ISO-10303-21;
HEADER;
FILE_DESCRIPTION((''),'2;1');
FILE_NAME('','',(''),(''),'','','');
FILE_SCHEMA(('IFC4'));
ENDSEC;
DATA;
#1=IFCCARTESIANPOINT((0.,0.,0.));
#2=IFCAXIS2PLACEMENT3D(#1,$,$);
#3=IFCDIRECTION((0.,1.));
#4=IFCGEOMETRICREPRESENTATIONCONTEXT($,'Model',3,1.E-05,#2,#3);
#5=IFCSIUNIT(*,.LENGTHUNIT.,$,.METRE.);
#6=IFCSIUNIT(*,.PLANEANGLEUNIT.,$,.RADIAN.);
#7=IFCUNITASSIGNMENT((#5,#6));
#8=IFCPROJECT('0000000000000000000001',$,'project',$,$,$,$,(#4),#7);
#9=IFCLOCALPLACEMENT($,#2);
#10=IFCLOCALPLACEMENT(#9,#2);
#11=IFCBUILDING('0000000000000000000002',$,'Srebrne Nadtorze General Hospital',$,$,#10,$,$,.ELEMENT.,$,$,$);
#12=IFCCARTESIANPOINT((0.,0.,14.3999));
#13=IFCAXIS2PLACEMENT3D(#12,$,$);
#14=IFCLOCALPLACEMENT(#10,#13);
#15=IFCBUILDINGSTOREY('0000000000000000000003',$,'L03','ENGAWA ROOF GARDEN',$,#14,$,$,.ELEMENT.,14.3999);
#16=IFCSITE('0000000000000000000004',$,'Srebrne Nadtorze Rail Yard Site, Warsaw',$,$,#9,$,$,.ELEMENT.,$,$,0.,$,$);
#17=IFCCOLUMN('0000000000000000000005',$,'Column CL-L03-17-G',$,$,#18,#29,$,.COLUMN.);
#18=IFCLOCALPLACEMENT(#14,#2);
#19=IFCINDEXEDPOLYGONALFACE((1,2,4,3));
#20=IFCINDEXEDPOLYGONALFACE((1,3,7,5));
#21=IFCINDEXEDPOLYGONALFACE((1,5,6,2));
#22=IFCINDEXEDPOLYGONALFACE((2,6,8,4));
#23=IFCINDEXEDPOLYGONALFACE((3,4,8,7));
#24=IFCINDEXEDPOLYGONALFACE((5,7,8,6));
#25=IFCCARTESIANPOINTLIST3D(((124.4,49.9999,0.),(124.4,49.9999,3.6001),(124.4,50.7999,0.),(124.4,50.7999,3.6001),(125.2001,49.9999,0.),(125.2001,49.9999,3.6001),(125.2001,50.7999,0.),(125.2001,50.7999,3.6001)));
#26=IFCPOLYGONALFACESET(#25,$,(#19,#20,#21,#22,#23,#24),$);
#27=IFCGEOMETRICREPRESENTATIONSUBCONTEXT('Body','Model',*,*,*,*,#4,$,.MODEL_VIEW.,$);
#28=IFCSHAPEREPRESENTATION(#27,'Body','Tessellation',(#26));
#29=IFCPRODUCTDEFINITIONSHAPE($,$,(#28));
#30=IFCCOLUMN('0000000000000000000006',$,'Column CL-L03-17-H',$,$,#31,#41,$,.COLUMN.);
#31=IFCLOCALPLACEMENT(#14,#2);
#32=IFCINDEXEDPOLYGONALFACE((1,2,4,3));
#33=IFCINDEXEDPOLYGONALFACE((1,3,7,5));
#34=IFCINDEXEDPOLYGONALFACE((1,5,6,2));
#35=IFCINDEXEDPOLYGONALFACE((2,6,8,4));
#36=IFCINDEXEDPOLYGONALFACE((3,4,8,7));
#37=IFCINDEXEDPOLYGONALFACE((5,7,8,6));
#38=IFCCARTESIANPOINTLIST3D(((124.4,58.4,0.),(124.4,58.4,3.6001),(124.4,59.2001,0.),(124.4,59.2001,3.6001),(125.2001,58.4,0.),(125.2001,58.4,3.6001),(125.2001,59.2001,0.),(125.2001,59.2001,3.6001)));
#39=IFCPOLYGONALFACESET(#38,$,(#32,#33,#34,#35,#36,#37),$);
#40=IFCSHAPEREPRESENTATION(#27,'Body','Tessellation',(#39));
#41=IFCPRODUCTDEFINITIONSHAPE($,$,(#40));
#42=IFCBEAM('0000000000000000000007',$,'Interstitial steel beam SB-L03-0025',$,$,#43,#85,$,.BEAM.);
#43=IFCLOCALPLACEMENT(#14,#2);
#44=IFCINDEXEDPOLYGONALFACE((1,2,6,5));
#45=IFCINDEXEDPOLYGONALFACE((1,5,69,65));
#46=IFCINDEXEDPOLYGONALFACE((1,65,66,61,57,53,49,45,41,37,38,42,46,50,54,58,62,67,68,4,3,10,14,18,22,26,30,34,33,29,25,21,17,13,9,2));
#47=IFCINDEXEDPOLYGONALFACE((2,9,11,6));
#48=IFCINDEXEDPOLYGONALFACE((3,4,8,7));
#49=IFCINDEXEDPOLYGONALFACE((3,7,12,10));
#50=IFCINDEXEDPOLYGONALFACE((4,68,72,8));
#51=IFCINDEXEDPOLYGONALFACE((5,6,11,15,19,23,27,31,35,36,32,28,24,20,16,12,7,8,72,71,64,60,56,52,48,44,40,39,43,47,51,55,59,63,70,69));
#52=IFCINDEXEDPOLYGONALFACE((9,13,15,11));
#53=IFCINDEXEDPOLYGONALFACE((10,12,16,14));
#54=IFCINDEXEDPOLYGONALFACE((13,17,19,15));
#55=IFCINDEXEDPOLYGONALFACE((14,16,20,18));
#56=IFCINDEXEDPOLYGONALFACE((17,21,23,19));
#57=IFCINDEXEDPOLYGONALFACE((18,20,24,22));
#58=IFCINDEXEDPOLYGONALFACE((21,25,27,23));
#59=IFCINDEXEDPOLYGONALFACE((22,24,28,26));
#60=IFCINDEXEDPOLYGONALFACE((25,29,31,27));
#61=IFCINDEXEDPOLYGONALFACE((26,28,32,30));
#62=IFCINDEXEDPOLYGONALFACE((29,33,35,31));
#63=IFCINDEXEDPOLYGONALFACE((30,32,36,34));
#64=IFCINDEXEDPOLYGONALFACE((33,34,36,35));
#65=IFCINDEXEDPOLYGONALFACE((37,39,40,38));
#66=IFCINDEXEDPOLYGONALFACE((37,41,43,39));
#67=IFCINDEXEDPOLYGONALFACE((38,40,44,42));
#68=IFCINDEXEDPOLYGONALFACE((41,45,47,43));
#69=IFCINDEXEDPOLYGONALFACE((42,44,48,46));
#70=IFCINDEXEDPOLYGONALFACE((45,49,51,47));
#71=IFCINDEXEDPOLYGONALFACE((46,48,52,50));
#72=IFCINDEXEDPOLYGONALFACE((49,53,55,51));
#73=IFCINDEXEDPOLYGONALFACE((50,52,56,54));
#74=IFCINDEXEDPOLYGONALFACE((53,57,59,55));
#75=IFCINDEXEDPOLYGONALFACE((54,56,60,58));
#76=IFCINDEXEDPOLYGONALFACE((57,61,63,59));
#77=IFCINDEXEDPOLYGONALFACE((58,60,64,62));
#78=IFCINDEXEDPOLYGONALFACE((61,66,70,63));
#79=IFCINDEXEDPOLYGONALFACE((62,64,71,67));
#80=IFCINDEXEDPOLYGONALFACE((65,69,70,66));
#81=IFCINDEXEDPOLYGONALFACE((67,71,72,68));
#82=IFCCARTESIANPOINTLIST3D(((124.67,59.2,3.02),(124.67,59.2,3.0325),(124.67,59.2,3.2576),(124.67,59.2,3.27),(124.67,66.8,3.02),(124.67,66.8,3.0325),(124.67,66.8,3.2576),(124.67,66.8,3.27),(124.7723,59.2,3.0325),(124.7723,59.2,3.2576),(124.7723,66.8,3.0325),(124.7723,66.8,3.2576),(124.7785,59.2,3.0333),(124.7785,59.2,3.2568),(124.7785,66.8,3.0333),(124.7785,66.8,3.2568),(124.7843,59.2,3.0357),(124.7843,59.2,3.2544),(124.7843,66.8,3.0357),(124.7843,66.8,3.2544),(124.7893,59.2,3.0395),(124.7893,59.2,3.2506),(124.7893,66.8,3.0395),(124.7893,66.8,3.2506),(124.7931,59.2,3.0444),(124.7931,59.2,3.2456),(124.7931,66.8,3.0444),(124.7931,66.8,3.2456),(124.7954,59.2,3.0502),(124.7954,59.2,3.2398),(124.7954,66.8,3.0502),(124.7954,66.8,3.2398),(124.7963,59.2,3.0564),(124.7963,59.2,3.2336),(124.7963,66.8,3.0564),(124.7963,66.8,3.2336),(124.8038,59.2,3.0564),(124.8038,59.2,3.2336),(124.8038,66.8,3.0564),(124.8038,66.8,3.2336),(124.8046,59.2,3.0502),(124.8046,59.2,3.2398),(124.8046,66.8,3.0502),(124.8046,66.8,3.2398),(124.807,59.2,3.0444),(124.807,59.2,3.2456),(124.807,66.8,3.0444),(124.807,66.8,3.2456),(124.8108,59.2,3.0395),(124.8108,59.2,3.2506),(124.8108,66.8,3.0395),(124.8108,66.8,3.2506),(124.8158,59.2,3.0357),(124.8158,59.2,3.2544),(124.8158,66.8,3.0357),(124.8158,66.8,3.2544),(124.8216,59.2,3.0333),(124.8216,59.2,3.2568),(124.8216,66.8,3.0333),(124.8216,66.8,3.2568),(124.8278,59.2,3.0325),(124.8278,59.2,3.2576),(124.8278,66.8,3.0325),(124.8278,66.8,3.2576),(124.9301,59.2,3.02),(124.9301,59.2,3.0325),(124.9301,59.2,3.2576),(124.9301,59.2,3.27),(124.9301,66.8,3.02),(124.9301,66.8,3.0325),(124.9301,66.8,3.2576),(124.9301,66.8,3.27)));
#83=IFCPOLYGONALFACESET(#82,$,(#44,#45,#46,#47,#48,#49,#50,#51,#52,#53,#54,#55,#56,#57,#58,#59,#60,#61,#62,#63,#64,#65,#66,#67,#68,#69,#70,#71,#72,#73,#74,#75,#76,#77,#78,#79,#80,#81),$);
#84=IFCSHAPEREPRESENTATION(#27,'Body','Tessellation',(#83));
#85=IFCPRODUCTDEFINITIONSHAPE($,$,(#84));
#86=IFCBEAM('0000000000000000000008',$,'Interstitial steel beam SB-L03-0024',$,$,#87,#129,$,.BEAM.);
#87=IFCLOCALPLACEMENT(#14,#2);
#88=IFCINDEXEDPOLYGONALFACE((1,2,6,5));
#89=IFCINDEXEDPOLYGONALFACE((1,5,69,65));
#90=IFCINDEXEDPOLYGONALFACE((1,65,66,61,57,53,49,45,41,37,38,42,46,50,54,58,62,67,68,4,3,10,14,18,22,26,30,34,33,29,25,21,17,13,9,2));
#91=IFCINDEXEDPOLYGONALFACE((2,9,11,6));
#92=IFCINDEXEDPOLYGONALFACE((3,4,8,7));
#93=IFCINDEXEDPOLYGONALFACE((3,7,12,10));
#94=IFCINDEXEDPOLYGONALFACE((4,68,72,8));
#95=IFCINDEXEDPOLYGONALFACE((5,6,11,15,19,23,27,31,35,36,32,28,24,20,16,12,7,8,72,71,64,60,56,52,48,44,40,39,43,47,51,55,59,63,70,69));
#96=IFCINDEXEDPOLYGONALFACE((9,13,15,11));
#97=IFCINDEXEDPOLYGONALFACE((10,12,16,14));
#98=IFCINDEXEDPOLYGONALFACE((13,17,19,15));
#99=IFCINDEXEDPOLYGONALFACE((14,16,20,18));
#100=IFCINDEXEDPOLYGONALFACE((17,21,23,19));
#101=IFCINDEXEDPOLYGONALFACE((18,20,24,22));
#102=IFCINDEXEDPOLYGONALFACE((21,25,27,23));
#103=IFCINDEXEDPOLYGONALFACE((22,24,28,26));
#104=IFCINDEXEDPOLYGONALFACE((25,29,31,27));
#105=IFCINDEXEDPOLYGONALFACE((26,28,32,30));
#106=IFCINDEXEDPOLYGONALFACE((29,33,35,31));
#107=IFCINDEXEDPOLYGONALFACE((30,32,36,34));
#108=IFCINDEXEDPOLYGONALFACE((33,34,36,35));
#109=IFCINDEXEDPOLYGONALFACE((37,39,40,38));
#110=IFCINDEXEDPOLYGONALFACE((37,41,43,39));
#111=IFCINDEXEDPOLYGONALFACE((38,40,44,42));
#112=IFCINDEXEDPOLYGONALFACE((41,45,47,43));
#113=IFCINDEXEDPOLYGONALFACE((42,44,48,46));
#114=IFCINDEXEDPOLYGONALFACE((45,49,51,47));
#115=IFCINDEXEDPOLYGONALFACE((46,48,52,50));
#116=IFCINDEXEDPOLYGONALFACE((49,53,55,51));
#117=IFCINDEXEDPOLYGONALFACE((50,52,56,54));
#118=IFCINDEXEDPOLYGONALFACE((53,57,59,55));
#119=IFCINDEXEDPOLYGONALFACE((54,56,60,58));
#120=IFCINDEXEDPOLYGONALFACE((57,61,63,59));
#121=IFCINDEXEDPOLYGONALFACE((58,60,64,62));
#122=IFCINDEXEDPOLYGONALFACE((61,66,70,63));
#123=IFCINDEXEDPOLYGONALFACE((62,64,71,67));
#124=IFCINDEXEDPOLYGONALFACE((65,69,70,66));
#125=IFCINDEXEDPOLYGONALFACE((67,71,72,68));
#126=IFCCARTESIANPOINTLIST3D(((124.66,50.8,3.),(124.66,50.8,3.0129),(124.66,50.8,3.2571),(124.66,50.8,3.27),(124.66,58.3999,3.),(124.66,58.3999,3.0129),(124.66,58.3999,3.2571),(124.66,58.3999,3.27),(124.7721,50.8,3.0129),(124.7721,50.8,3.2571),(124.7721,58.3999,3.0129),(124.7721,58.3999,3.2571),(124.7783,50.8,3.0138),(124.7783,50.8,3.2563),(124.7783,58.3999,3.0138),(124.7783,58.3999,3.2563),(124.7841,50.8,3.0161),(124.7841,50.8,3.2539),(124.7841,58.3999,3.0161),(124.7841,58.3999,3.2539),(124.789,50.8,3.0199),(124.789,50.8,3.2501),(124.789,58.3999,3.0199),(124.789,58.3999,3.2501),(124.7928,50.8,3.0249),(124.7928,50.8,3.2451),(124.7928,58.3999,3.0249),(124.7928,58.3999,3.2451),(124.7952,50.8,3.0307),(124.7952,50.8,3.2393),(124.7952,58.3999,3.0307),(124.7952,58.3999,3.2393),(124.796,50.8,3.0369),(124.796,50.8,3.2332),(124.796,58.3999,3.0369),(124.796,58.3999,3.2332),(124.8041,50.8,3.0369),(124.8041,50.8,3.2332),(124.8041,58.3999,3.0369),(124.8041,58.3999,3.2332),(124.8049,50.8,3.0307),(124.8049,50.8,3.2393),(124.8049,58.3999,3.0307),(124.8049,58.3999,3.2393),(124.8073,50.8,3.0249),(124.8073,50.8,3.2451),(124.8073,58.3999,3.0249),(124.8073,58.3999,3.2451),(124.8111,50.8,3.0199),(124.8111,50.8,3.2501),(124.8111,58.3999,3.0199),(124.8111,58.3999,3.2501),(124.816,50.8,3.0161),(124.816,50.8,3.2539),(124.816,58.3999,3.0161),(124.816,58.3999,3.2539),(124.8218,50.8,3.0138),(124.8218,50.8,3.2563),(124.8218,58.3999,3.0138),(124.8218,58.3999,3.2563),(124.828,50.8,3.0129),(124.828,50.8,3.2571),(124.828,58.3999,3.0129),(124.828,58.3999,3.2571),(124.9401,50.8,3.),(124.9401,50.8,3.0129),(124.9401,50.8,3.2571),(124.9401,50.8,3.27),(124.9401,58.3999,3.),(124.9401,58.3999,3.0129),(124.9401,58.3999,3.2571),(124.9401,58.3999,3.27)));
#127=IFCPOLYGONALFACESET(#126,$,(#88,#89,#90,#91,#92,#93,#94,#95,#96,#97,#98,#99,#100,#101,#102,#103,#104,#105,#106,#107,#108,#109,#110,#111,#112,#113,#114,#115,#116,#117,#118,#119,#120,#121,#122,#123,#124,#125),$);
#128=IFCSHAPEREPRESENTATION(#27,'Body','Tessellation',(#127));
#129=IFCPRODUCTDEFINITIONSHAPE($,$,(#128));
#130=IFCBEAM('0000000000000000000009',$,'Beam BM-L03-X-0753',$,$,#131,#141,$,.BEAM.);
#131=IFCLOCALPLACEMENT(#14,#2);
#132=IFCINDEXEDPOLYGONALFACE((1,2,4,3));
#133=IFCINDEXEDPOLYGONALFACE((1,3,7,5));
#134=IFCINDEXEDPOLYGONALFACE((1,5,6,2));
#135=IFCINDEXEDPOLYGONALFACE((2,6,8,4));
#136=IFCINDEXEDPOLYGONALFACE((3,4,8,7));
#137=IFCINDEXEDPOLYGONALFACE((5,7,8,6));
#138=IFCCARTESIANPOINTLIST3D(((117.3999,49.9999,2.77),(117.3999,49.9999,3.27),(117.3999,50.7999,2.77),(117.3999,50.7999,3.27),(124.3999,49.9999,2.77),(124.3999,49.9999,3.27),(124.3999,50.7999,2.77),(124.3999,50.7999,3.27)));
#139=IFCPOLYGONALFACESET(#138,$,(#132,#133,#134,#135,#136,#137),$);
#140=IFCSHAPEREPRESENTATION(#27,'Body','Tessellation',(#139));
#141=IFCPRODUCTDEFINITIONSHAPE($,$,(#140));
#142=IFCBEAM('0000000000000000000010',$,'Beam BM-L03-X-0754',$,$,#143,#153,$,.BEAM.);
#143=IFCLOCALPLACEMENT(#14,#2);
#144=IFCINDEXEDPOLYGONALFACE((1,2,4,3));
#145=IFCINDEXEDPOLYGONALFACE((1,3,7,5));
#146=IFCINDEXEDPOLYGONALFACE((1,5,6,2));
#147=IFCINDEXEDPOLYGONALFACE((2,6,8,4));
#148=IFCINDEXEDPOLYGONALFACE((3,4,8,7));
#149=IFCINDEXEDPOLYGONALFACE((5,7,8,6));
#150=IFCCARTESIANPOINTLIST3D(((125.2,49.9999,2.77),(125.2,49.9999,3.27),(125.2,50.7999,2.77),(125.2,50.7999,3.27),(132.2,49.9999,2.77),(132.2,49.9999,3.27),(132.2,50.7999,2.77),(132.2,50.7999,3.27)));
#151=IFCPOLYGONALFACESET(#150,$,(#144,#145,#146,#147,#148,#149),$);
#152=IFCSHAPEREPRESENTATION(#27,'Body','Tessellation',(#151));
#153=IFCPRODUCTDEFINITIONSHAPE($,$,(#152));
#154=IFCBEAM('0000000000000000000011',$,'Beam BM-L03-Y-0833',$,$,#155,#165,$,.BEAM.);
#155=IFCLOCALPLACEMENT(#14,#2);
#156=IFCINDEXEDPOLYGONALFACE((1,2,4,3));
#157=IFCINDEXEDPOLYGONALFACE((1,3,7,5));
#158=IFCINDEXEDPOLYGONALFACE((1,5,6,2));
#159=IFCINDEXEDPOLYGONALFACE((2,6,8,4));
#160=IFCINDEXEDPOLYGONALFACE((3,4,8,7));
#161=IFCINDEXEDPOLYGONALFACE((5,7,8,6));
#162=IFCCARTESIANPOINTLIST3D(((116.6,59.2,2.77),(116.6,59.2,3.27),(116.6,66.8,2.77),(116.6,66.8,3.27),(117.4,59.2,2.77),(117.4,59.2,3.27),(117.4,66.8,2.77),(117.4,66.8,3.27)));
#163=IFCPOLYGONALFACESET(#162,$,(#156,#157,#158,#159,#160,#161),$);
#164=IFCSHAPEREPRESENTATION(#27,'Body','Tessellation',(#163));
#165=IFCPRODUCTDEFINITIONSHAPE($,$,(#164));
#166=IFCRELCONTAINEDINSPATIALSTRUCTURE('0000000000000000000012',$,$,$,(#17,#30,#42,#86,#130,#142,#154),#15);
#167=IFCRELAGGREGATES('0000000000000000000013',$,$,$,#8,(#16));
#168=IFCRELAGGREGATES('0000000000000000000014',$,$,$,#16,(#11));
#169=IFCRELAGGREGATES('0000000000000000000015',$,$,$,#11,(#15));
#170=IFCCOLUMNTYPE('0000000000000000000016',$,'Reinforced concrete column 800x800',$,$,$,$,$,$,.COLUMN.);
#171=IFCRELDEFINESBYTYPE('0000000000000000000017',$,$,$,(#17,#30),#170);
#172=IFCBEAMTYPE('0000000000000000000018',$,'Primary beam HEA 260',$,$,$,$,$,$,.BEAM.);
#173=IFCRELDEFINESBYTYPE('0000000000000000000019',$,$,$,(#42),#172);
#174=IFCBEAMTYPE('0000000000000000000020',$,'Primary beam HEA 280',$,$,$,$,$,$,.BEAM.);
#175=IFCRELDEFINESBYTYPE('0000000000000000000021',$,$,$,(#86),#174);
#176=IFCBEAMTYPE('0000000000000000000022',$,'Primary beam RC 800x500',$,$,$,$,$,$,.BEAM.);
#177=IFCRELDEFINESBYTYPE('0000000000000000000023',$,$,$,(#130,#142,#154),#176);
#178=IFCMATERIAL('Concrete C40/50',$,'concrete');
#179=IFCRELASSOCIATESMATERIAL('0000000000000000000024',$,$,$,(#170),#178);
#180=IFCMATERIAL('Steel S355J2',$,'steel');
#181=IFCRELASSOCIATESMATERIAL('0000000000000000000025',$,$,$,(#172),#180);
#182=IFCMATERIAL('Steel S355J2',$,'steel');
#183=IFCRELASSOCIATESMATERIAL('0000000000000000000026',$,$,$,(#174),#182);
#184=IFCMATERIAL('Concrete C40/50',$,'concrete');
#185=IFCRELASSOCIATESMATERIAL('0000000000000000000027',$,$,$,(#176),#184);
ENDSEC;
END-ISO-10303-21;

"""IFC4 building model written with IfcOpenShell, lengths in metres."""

from ifc_helpers import new_model, si_unit, direction, frame, origin, origin_2d, place, context, subcontext, project, spatial, rectangle, i_section, extrude, material, material_profile, profile_set, type_object, element, save


model = new_model("IFC4")

# Units and contexts
model_context = context("Model", 3, precision=1e-05, world=origin(), true_north=direction((0.0, 1.0)))
body_context = subcontext(model_context, "Body", "Model", "MODEL_VIEW")
ifc_project = project(units=[si_unit("LENGTHUNIT", "METRE"), si_unit("PLANEANGLEUNIT", "RADIAN")], contexts=[model_context])

# Site, building, storey
site_placement = place(None, origin())
site = spatial("IfcSite", under=ifc_project, at=site_placement, Name="Srebrne Nadtorze Rail Yard Site, Warsaw", CompositionType="ELEMENT", RefElevation=0.0)
building_placement = place(site_placement, origin())
building = spatial("IfcBuilding", under=site, at=building_placement, Name="Srebrne Nadtorze General Hospital", CompositionType="ELEMENT")
storey_placement = place(building_placement, frame((0.0, 0.0, 14.3999)))
storey = spatial("IfcBuildingStorey", under=building, at=storey_placement, Name="L03", Description="ENGAWA ROOF GARDEN", CompositionType="ELEMENT", Elevation=14.3999)

# Columns
ifc_material_1 = material(Name="Concrete C40/50", Category="concrete")
ifc_material_profile_1 = material_profile(ifc_material_1, rectangle(XDim=0.8, YDim=0.8, at=origin_2d()), Name="RC-COL-800x800")
ifc_profile_set_1 = profile_set([ifc_material_profile_1], Name="Concrete C40/50")
column_type = type_object("IfcColumnType", Name="Reinforced concrete column 800x800", PredefinedType="COLUMN", material=ifc_profile_set_1)
for number, where, z_axis, x_axis, name in (
    (1, (124.8, 50.3999, 0.0), (0.0, 0.0, 1.0), (1.0, 0.0, 0.0), "Column CL-L03-17-G"),
    (2, (124.8, 58.8, 0.0), (0.0, 0.0, 1.0), (1.0, 0.0, 0.0), "Column CL-L03-17-H"),
):
    element("IfcColumn", number, at=place(storey_placement, frame(where, z_axis=z_axis, x_axis=x_axis)), inside=storey, type_object=column_type, Name=name, PredefinedType="COLUMN", context=body_context, shape_type="SweptSolid", body=[
        extrude(rectangle(XDim=0.8, YDim=0.8, at=origin_2d()), origin(), (0.0, 0.0, 1.0), 3.6001),
    ])

# Beams
ifc_material_2 = material(Name="Steel S355J2", Category="steel")
ifc_material_profile_2 = material_profile(ifc_material_2, i_section(OverallWidth=0.26, OverallDepth=0.25, WebThickness=0.0076, FlangeThickness=0.0125, FilletRadius=0.0239, at=origin_2d()), Name="HEA-260")
ifc_profile_set_2 = profile_set([ifc_material_profile_2], Name="Steel S355J2")
beam_type_1 = type_object("IfcBeamType", Name="Primary beam HEA 260", PredefinedType="BEAM", material=ifc_profile_set_2)
beam_1_placement = place(storey_placement, frame((124.8, 59.2, 3.145), z_axis=(0.0, 1.0, 0.0), x_axis=(-1.0, 0.0, 0.0)))
element("IfcBeam", 3, at=beam_1_placement, inside=storey, type_object=beam_type_1, Name="Interstitial steel beam SB-L03-0025", PredefinedType="BEAM", context=body_context, shape_type="SweptSolid", body=[
    extrude(i_section(OverallWidth=0.26, OverallDepth=0.25, WebThickness=0.0076, FlangeThickness=0.0125, FilletRadius=0.0239, at=origin_2d()), origin(), (0.0, 0.0, 1.0), 7.6001),
])
ifc_material_3 = material(Name="Steel S355J2", Category="steel")
ifc_material_profile_3 = material_profile(ifc_material_3, i_section(OverallWidth=0.28, OverallDepth=0.27, WebThickness=0.0081, FlangeThickness=0.0129, FilletRadius=0.0239, at=origin_2d()), Name="HEA-280")
ifc_profile_set_3 = profile_set([ifc_material_profile_3], Name="Steel S355J2")
beam_type_2 = type_object("IfcBeamType", Name="Primary beam HEA 280", PredefinedType="BEAM", material=ifc_profile_set_3)
beam_2_placement = place(storey_placement, frame((124.8, 50.8, 3.135), z_axis=(0.0, 1.0, 0.0), x_axis=(-1.0, 0.0, 0.0)))
element("IfcBeam", 4, at=beam_2_placement, inside=storey, type_object=beam_type_2, Name="Interstitial steel beam SB-L03-0024", PredefinedType="BEAM", context=body_context, shape_type="SweptSolid", body=[
    extrude(i_section(OverallWidth=0.28, OverallDepth=0.27, WebThickness=0.0081, FlangeThickness=0.0129, FilletRadius=0.0239, at=origin_2d()), origin(), (0.0, 0.0, 1.0), 7.5999),
])
ifc_material_4 = material(Name="Concrete C40/50", Category="concrete")
ifc_material_profile_4 = material_profile(ifc_material_4, rectangle(XDim=0.8, YDim=0.5, at=origin_2d()), Name="RC-BM-800x500")
ifc_profile_set_4 = profile_set([ifc_material_profile_4], Name="Concrete C40/50")
beam_type_3 = type_object("IfcBeamType", Name="Primary beam RC 800x500", PredefinedType="BEAM", material=ifc_profile_set_4)
for number, where, z_axis, x_axis, name in (
    (5, (117.3999, 50.3999, 3.02), (1.0, 0.0, 0.0), (0.0, 1.0, 0.0), "Beam BM-L03-X-0753"),
    (6, (125.2, 50.3999, 3.02), (1.0, 0.0, 0.0), (0.0, 1.0, 0.0), "Beam BM-L03-X-0754"),
):
    element("IfcBeam", number, at=place(storey_placement, frame(where, z_axis=z_axis, x_axis=x_axis)), inside=storey, type_object=beam_type_3, Name=name, PredefinedType="BEAM", context=body_context, shape_type="SweptSolid", body=[
        extrude(rectangle(XDim=0.8, YDim=0.5, at=origin_2d()), origin(), (0.0, 0.0, 1.0), 7.0),
    ])
beam_3_placement = place(storey_placement, frame((117.0, 59.2, 3.02), z_axis=(0.0, 1.0, 0.0), x_axis=(-1.0, 0.0, 0.0)))
element("IfcBeam", 7, at=beam_3_placement, inside=storey, type_object=beam_type_3, Name="Beam BM-L03-Y-0833", PredefinedType="BEAM", context=body_context, shape_type="SweptSolid", body=[
    extrude(rectangle(XDim=0.8, YDim=0.5, at=origin_2d()), origin(), (0.0, 0.0, 1.0), 7.6001),
])

save(model, "model.ifc")
